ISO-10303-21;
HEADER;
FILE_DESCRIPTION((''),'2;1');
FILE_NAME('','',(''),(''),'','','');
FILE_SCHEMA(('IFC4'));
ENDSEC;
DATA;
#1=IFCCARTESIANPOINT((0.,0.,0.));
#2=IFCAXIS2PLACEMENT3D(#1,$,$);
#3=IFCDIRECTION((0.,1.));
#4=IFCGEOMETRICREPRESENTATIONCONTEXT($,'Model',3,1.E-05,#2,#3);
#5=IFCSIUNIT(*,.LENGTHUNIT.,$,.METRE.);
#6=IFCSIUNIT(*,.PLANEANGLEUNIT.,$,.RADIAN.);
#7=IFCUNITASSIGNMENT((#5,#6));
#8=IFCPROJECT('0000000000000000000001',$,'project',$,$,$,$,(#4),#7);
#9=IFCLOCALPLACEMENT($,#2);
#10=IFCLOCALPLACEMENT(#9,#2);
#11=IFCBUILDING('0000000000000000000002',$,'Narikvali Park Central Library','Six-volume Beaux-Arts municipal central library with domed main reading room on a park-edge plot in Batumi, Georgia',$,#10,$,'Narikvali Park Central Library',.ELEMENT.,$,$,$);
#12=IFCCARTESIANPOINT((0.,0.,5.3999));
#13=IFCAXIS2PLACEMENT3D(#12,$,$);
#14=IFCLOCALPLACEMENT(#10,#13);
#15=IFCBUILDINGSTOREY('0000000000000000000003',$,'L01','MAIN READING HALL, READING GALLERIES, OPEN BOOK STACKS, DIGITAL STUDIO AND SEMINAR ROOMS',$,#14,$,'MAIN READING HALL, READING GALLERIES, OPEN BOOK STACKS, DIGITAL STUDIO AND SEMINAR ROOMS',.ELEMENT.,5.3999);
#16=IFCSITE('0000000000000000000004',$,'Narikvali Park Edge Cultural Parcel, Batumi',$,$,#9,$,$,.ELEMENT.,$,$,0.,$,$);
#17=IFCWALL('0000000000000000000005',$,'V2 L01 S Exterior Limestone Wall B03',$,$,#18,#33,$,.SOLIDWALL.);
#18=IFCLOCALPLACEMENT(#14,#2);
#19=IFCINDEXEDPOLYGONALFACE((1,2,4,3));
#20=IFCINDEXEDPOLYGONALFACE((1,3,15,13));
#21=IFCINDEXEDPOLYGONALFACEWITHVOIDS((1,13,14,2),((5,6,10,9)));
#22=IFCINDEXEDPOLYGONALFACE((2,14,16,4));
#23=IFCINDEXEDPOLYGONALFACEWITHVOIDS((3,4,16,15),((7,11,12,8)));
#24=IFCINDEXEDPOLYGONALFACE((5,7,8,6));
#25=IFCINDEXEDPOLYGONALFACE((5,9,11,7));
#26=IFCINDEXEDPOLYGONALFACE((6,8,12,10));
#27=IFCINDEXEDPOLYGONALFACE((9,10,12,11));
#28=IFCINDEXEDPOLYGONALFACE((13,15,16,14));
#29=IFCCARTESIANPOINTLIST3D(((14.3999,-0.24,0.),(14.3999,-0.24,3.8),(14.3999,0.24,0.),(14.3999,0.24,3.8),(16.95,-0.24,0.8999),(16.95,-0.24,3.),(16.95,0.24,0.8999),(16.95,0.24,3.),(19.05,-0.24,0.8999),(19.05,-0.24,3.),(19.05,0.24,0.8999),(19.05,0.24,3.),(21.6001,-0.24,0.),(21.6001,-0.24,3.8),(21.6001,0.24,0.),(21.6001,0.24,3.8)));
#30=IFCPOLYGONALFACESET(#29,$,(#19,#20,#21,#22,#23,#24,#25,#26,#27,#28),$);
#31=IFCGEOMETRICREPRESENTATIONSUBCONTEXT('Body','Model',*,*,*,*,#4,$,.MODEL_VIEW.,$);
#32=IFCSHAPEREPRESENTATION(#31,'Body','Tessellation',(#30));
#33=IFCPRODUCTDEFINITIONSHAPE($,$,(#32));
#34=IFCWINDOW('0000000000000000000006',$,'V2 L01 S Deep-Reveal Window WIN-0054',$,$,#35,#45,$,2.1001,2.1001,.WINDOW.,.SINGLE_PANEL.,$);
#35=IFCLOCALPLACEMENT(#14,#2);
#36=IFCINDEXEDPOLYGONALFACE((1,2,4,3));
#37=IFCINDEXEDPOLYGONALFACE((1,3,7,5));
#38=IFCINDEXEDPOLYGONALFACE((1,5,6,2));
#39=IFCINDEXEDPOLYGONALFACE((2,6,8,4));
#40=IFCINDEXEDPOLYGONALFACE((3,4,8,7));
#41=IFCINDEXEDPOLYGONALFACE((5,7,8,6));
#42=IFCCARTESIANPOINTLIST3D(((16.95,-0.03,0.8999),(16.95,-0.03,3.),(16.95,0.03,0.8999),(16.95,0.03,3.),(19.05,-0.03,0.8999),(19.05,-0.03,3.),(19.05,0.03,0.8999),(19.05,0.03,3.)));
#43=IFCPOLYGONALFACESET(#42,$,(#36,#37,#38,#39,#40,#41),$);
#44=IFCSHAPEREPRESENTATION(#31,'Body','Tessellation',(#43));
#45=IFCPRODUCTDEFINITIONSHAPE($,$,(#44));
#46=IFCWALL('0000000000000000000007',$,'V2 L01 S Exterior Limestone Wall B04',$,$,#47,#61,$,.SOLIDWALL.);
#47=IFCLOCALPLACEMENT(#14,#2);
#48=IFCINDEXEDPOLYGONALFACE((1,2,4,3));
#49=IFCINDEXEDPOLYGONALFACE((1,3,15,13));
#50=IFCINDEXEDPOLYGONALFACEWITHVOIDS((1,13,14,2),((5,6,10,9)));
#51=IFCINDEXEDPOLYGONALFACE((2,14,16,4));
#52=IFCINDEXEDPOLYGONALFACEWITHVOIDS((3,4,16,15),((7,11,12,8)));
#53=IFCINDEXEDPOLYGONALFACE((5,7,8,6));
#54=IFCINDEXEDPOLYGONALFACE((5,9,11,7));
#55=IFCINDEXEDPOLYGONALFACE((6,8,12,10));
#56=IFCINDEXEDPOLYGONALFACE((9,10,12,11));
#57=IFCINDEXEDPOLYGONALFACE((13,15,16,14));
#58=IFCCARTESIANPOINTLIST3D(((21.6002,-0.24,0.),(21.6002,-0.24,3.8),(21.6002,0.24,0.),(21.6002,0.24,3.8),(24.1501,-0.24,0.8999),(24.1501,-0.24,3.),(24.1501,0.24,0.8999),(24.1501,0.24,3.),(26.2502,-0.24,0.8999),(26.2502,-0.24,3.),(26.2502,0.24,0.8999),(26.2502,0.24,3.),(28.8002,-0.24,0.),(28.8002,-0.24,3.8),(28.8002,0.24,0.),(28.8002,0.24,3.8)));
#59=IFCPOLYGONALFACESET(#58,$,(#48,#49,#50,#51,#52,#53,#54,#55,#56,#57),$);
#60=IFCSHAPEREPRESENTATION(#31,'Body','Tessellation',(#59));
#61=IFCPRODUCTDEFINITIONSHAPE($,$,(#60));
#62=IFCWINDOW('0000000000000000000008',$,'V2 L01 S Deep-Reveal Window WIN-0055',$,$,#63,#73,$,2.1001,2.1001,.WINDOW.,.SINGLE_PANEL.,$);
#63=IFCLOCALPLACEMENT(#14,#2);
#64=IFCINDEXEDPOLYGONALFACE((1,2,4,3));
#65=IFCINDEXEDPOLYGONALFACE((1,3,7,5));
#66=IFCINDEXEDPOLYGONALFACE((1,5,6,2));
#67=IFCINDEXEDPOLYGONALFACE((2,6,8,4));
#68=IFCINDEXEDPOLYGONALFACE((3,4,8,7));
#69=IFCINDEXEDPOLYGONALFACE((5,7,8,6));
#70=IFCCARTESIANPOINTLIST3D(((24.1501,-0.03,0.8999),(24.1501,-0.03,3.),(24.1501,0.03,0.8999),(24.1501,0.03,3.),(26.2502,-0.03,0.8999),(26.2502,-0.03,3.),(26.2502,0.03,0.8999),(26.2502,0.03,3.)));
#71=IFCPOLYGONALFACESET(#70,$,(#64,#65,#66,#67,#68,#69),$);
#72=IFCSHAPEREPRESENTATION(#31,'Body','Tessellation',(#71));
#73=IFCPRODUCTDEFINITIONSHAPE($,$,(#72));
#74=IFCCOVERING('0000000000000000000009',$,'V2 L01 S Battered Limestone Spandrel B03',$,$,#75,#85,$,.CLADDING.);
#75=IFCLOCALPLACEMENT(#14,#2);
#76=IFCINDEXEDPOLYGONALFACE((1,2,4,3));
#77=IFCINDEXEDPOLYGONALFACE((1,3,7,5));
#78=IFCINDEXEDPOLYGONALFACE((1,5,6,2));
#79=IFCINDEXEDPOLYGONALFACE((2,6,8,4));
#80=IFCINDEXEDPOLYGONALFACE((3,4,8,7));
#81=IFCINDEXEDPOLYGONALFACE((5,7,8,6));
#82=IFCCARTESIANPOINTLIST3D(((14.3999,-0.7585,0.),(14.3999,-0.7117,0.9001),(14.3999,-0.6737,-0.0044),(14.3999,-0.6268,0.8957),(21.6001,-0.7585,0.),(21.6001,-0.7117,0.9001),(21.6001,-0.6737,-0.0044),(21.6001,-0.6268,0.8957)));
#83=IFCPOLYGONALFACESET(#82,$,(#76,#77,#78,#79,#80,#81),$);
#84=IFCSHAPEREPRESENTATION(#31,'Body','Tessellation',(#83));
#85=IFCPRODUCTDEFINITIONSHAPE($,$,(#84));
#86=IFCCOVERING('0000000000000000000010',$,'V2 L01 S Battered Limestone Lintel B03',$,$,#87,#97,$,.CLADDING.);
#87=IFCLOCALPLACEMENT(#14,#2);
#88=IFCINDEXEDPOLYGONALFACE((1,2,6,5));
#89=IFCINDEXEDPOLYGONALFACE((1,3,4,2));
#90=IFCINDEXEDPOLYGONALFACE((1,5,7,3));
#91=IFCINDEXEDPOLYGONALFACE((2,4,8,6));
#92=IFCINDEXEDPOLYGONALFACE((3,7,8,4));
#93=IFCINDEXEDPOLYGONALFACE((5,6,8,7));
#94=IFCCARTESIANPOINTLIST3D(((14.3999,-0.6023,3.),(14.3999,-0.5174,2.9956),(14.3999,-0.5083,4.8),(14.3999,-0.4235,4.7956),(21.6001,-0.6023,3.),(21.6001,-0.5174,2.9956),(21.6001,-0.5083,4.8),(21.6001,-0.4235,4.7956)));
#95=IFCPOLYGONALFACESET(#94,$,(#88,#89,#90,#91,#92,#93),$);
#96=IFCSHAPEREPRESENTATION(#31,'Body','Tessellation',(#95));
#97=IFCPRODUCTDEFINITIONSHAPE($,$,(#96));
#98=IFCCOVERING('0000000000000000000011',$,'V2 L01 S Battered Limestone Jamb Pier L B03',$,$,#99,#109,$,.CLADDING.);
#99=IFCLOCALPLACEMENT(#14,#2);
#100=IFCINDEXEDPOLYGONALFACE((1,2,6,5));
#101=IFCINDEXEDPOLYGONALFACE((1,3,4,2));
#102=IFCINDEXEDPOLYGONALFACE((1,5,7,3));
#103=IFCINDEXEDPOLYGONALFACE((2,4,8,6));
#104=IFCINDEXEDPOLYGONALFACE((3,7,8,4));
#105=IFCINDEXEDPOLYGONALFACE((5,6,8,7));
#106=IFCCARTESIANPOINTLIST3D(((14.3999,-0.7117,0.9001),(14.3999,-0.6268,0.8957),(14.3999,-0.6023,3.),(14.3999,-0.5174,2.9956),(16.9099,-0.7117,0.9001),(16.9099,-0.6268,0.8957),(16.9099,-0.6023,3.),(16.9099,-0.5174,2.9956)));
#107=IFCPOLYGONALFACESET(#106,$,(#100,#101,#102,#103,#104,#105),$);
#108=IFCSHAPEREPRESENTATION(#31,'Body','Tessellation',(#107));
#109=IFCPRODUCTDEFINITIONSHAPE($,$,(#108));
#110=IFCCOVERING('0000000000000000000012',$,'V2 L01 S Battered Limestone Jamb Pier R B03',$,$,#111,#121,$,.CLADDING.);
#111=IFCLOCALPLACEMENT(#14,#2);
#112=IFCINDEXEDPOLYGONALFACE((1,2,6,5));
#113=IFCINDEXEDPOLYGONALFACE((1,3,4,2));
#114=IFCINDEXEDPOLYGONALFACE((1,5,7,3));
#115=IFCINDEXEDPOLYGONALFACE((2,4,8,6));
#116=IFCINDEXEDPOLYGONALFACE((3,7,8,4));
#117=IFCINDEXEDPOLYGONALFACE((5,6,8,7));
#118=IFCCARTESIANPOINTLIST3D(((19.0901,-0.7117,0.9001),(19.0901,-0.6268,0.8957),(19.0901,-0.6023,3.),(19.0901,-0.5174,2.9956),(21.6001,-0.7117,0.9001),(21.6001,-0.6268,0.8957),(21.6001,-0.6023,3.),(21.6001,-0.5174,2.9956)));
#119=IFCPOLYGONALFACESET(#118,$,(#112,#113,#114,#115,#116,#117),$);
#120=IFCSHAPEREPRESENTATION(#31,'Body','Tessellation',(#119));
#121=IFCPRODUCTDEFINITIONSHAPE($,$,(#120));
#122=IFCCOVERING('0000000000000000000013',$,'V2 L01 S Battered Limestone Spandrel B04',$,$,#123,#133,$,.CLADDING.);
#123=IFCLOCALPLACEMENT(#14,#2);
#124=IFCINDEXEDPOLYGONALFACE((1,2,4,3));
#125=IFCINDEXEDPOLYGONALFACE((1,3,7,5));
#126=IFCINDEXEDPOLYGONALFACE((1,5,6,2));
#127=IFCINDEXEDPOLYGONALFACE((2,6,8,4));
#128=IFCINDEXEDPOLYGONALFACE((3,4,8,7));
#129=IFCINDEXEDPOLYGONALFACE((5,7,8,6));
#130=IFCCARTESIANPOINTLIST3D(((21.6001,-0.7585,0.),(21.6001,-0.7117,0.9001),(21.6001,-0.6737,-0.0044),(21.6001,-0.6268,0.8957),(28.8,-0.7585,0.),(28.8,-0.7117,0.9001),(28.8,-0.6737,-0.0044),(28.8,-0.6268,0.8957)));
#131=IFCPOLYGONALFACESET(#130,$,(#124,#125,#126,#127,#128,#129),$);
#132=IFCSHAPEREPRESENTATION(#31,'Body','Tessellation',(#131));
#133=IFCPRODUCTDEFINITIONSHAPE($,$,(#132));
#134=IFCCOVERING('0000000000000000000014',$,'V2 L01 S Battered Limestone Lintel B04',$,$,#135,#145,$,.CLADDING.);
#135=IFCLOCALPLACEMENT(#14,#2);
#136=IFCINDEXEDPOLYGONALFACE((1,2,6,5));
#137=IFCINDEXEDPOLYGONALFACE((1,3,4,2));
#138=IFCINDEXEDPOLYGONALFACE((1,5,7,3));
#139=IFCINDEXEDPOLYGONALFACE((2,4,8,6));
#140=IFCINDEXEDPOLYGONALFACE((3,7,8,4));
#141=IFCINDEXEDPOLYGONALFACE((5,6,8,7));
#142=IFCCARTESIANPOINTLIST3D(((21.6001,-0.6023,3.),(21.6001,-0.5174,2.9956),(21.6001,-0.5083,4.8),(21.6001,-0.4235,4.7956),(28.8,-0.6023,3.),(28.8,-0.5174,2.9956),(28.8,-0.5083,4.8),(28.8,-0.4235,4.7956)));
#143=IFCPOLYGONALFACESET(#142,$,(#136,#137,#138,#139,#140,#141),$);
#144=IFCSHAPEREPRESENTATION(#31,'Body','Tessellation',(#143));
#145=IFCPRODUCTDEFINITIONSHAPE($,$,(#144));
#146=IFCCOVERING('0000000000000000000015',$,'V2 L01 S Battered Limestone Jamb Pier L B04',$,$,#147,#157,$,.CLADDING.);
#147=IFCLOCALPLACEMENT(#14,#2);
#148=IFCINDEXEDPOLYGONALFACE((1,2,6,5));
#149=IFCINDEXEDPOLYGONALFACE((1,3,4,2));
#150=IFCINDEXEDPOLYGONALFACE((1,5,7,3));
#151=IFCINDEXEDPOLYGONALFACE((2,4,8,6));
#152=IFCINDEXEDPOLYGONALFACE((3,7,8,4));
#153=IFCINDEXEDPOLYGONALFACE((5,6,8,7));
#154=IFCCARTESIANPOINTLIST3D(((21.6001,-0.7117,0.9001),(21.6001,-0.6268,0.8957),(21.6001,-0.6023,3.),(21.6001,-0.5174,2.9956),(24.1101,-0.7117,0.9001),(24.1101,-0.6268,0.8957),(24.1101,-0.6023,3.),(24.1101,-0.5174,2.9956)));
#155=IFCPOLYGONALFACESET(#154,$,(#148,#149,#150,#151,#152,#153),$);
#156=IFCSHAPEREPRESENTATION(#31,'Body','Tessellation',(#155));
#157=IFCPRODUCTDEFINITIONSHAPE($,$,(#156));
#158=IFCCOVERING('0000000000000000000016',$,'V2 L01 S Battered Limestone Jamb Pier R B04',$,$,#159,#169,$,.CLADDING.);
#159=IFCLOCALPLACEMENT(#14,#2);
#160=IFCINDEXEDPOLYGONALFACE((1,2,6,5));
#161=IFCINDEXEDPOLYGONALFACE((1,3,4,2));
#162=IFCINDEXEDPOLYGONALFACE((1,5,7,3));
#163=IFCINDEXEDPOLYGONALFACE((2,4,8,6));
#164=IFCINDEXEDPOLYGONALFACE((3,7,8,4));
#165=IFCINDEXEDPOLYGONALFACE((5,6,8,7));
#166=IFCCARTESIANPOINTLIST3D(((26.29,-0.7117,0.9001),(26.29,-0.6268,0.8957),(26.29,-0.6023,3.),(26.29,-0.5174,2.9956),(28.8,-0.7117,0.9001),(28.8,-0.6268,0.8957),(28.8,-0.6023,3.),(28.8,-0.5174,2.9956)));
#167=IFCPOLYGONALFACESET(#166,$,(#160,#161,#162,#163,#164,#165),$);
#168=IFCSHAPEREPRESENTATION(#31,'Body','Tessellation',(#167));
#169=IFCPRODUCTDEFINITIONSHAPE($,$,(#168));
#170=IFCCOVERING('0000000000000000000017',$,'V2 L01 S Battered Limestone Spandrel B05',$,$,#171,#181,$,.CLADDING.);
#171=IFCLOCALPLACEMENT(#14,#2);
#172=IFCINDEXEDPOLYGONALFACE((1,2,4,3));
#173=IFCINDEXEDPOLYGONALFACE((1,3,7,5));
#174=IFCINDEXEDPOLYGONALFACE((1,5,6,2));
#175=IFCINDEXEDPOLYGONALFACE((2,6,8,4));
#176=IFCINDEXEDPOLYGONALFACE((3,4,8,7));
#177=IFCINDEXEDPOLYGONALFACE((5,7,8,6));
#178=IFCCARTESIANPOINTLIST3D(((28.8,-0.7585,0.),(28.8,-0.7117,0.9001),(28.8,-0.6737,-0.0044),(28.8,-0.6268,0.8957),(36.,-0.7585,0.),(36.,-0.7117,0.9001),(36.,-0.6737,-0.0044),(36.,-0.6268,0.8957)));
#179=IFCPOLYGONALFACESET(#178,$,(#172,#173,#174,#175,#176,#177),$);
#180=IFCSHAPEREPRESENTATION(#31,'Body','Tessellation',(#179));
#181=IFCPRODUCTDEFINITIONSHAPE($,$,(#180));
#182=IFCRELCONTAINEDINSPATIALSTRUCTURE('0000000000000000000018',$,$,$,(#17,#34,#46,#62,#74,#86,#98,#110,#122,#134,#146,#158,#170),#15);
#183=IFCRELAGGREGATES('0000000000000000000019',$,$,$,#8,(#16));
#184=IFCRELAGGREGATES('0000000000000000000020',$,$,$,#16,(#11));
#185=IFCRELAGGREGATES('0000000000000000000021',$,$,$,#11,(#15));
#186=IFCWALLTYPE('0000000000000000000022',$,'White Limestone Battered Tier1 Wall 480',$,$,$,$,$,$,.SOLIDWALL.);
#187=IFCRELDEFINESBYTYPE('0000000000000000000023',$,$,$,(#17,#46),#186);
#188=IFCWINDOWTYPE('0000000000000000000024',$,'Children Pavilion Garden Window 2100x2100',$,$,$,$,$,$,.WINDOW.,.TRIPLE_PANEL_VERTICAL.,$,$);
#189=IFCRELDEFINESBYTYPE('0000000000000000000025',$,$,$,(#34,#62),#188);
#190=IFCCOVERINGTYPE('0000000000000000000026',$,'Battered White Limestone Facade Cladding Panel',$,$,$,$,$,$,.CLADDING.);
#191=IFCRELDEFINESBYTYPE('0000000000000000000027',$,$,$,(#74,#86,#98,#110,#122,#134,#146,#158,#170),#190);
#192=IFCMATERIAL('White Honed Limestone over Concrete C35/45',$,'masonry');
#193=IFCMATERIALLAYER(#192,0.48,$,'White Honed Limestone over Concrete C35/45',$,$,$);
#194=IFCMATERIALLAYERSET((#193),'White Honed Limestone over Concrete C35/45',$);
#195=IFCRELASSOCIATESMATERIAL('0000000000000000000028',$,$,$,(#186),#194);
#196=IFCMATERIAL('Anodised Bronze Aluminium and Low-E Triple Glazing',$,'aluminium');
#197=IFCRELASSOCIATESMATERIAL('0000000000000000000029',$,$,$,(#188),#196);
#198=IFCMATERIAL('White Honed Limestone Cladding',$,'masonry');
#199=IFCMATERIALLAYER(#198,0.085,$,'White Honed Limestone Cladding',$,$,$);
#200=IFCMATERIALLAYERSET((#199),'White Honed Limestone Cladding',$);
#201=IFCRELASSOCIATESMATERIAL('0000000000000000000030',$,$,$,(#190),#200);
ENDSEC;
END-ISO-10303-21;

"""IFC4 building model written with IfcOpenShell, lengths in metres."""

from ifc_helpers import new_model, si_unit, direction, frame, frame_2d, origin, place, context, subcontext, project, spatial, polyline, rectangle, outline, extrude, material, layer, layer_set, type_object, element, fill, save


model = new_model("IFC4")

# Units and contexts
model_context = context("Model", 3, precision=1e-05, world=origin(), true_north=direction((0.0, 1.0)))
body_context = subcontext(model_context, "Body", "Model", "MODEL_VIEW")
ifc_project = project(units=[si_unit("LENGTHUNIT", "METRE"), si_unit("PLANEANGLEUNIT", "RADIAN")], contexts=[model_context])

# Site, building, storey
site_placement = place(None, origin())
site = spatial("IfcSite", under=ifc_project, at=site_placement, Name="Narikvali Park Edge Cultural Parcel, Batumi", CompositionType="ELEMENT", RefElevation=0.0)
building_placement = place(site_placement, origin())
building = spatial("IfcBuilding", under=site, at=building_placement, Name="Narikvali Park Central Library", Description="Six-volume Beaux-Arts municipal central library with domed main reading room on a park-edge plot in Batumi, Georgia", LongName="Narikvali Park Central Library", CompositionType="ELEMENT")
storey_placement = place(building_placement, frame((0.0, 0.0, 5.3999)))
storey = spatial("IfcBuildingStorey", under=building, at=storey_placement, Name="L01", Description="MAIN READING HALL, READING GALLERIES, OPEN BOOK STACKS, DIGITAL STUDIO AND SEMINAR ROOMS", LongName="MAIN READING HALL, READING GALLERIES, OPEN BOOK STACKS, DIGITAL STUDIO AND SEMINAR ROOMS", CompositionType="ELEMENT", Elevation=5.3999)

# Walls, openings, windows
ifc_material_1 = material(Name="White Honed Limestone over Concrete C35/45", Category="masonry")
ifc_layer_1 = layer(ifc_material_1, 0.48, Name="White Honed Limestone over Concrete C35/45")
ifc_layer_set_1 = layer_set([ifc_layer_1], Name="White Honed Limestone over Concrete C35/45")
wall_type = type_object("IfcWallType", Name="White Limestone Battered Tier1 Wall 480", PredefinedType="SOLIDWALL", material=ifc_layer_set_1)
wall_1_placement = place(storey_placement, frame((14.3999, 0.0, 0.0), z_axis=(0.0, 0.0, 1.0), x_axis=(1.0, 0.0, 0.0)))
wall_1 = element("IfcWall", 1, at=wall_1_placement, inside=storey, type_object=wall_type, Name="V2 L01 S Exterior Limestone Wall B03", PredefinedType="SOLIDWALL", context=body_context, shape_type="SweptSolid", body=[
    extrude(rectangle(XDim=7.2002, YDim=0.48, at=frame_2d((3.6001, 0.0))), origin(), (0.0, 0.0, 1.0), 3.8),
])
opening_1_placement = place(wall_1_placement, frame((2.55, 0.0, 0.8999)))
opening_1 = element("IfcOpeningElement", 2, at=opening_1_placement, cuts=wall_1, PredefinedType="OPENING", context=body_context, shape_type="SweptSolid", body=[
    extrude(rectangle(XDim=2.1001, YDim=2.1001, at=frame_2d((1.05, 1.05))), frame((0.0, 0.252, 0.0), z_axis=(0.0, -1.0, 0.0), x_axis=(1.0, 0.0, 0.0)), (0.0, 0.0, 1.0), 0.5039),
])
ifc_material_2 = material(Name="Anodised Bronze Aluminium and Low-E Triple Glazing", Category="aluminium")
window_type = type_object("IfcWindowType", Name="Children Pavilion Garden Window 2100x2100", PartitioningType="TRIPLE_PANEL_VERTICAL", PredefinedType="WINDOW", material=ifc_material_2)
window_1_placement = place(opening_1_placement, origin())
window_1 = element("IfcWindow", 3, at=window_1_placement, inside=storey, type_object=window_type, Name="V2 L01 S Deep-Reveal Window WIN-0054", OverallHeight=2.1001, OverallWidth=2.1001, PartitioningType="SINGLE_PANEL", PredefinedType="WINDOW", context=body_context, shape_type="SweptSolid", body=[
    extrude(rectangle(XDim=2.1001, YDim=2.1001, at=frame_2d((1.05, 1.05))), frame((0.0, 0.03, 0.0), z_axis=(0.0, -1.0, 0.0), x_axis=(1.0, 0.0, 0.0)), (0.0, 0.0, 1.0), 0.0601),
])
fill(opening_1, window_1)
wall_2_placement = place(storey_placement, frame((21.6001, 0.0, 0.0), z_axis=(0.0, 0.0, 1.0), x_axis=(1.0, 0.0, 0.0)))
wall_2 = element("IfcWall", 4, at=wall_2_placement, inside=storey, type_object=wall_type, Name="V2 L01 S Exterior Limestone Wall B04", PredefinedType="SOLIDWALL", context=body_context, shape_type="SweptSolid", body=[
    extrude(rectangle(XDim=7.2, YDim=0.48, at=frame_2d((3.6001, 0.0))), origin(), (0.0, 0.0, 1.0), 3.8),
])
opening_2_placement = place(wall_2_placement, frame((2.55, 0.0, 0.8999)))
opening_2 = element("IfcOpeningElement", 5, at=opening_2_placement, cuts=wall_2, PredefinedType="OPENING", context=body_context, shape_type="SweptSolid", body=[
    extrude(rectangle(XDim=2.1001, YDim=2.1001, at=frame_2d((1.05, 1.05))), frame((0.0, 0.252, 0.0), z_axis=(0.0, -1.0, 0.0), x_axis=(1.0, 0.0, 0.0)), (0.0, 0.0, 1.0), 0.5039),
])
window_2_placement = place(opening_2_placement, origin())
window_2 = element("IfcWindow", 6, at=window_2_placement, inside=storey, type_object=window_type, Name="V2 L01 S Deep-Reveal Window WIN-0055", OverallHeight=2.1001, OverallWidth=2.1001, PartitioningType="SINGLE_PANEL", PredefinedType="WINDOW", context=body_context, shape_type="SweptSolid", body=[
    extrude(rectangle(XDim=2.1001, YDim=2.1001, at=frame_2d((1.05, 1.05))), frame((0.0, 0.03, 0.0), z_axis=(0.0, -1.0, 0.0), x_axis=(1.0, 0.0, 0.0)), (0.0, 0.0, 1.0), 0.0601),
])
fill(opening_2, window_2)

# Coverings
ifc_material_3 = material(Name="White Honed Limestone Cladding", Category="masonry")
ifc_layer_2 = layer(ifc_material_3, 0.085, Name="White Honed Limestone Cladding")
ifc_layer_set_2 = layer_set([ifc_layer_2], Name="White Honed Limestone Cladding")
covering_type = type_object("IfcCoveringType", Name="Battered White Limestone Facade Cladding Panel", PredefinedType="CLADDING", material=ifc_layer_set_2)
covering_1_placement = place(storey_placement, frame((14.3999, -0.7585, 0.0), z_axis=(0.0, -0.998647, 0.052004), x_axis=(1.0, 0.0, 0.0)))
element("IfcCovering", 7, at=covering_1_placement, inside=storey, type_object=covering_type, Name="V2 L01 S Battered Limestone Spandrel B03", PredefinedType="CLADDING", context=body_context, shape_type="SweptSolid", body=[
    extrude(outline(polyline([(0.0, 0.0), (7.2002, 0.0), (7.2002, 0.9014), (0.0, 0.9014), (0.0, 0.0)])), origin(), (0.0, 0.0, -1.0), 0.085),
])
covering_2_placement = place(storey_placement, frame((14.3999, -0.6023, 3.0), z_axis=(0.0, -0.998639, 0.052147), x_axis=(1.0, 0.0, 0.0)))
element("IfcCovering", 8, at=covering_2_placement, inside=storey, type_object=covering_type, Name="V2 L01 S Battered Limestone Lintel B03", PredefinedType="CLADDING", context=body_context, shape_type="SweptSolid", body=[
    extrude(outline(polyline([(0.0, 0.0), (7.2002, 0.0), (7.2002, 1.8025), (0.0, 1.8025), (0.0, 0.0)])), origin(), (0.0, 0.0, -1.0), 0.085),
])
for number, where, z_axis, x_axis, name in (
    (9, (14.3999, -0.7117, 0.9001), (0.0, -0.998646, 0.052016), (1.0, 0.0, 0.0), "V2 L01 S Battered Limestone Jamb Pier L B03"),
    (10, (19.0901, -0.7117, 0.9001), (0.0, -0.998646, 0.052016), (1.0, 0.0, 0.0), "V2 L01 S Battered Limestone Jamb Pier R B03"),
):
    element("IfcCovering", number, at=place(storey_placement, frame(where, z_axis=z_axis, x_axis=x_axis)), inside=storey, type_object=covering_type, Name=name, PredefinedType="CLADDING", context=body_context, shape_type="SweptSolid", body=[
        extrude(outline(polyline([(0.0, 0.0), (2.51, 0.0), (2.51, 2.1027), (0.0, 2.1027), (0.0, 0.0)])), origin(), (0.0, 0.0, -1.0), 0.085),
    ])
covering_3_placement = place(storey_placement, frame((21.6001, -0.7585, 0.0), z_axis=(0.0, -0.998647, 0.052004), x_axis=(1.0, 0.0, 0.0)))
element("IfcCovering", 11, at=covering_3_placement, inside=storey, type_object=covering_type, Name="V2 L01 S Battered Limestone Spandrel B04", PredefinedType="CLADDING", context=body_context, shape_type="SweptSolid", body=[
    extrude(outline(polyline([(0.0, 0.0), (7.2, 0.0), (7.2, 0.9014), (0.0, 0.9014), (0.0, 0.0)])), origin(), (0.0, 0.0, -1.0), 0.085),
])
covering_4_placement = place(storey_placement, frame((21.6001, -0.6023, 3.0), z_axis=(0.0, -0.998639, 0.052147), x_axis=(1.0, 0.0, 0.0)))
element("IfcCovering", 12, at=covering_4_placement, inside=storey, type_object=covering_type, Name="V2 L01 S Battered Limestone Lintel B04", PredefinedType="CLADDING", context=body_context, shape_type="SweptSolid", body=[
    extrude(outline(polyline([(0.0, 0.0), (7.2, 0.0), (7.2, 1.8025), (0.0, 1.8025), (0.0, 0.0)])), origin(), (0.0, 0.0, -1.0), 0.085),
])
for number, where, z_axis, x_axis, name in (
    (13, (21.6001, -0.7117, 0.9001), (0.0, -0.998646, 0.052016), (1.0, 0.0, 0.0), "V2 L01 S Battered Limestone Jamb Pier L B04"),
    (14, (26.29, -0.7117, 0.9001), (0.0, -0.998646, 0.052016), (1.0, 0.0, 0.0), "V2 L01 S Battered Limestone Jamb Pier R B04"),
):
    element("IfcCovering", number, at=place(storey_placement, frame(where, z_axis=z_axis, x_axis=x_axis)), inside=storey, type_object=covering_type, Name=name, PredefinedType="CLADDING", context=body_context, shape_type="SweptSolid", body=[
        extrude(outline(polyline([(0.0, 0.0), (2.51, 0.0), (2.51, 2.1027), (0.0, 2.1027), (0.0, 0.0)])), origin(), (0.0, 0.0, -1.0), 0.085),
    ])
covering_5_placement = place(storey_placement, frame((28.8, -0.7585, 0.0), z_axis=(0.0, -0.998647, 0.052004), x_axis=(1.0, 0.0, 0.0)))
element("IfcCovering", 15, at=covering_5_placement, inside=storey, type_object=covering_type, Name="V2 L01 S Battered Limestone Spandrel B05", PredefinedType="CLADDING", context=body_context, shape_type="SweptSolid", body=[
    extrude(outline(polyline([(0.0, 0.0), (7.2, 0.0), (7.2, 0.9014), (0.0, 0.9014), (0.0, 0.0)])), origin(), (0.0, 0.0, -1.0), 0.085),
])

save(model, "model.ifc")
